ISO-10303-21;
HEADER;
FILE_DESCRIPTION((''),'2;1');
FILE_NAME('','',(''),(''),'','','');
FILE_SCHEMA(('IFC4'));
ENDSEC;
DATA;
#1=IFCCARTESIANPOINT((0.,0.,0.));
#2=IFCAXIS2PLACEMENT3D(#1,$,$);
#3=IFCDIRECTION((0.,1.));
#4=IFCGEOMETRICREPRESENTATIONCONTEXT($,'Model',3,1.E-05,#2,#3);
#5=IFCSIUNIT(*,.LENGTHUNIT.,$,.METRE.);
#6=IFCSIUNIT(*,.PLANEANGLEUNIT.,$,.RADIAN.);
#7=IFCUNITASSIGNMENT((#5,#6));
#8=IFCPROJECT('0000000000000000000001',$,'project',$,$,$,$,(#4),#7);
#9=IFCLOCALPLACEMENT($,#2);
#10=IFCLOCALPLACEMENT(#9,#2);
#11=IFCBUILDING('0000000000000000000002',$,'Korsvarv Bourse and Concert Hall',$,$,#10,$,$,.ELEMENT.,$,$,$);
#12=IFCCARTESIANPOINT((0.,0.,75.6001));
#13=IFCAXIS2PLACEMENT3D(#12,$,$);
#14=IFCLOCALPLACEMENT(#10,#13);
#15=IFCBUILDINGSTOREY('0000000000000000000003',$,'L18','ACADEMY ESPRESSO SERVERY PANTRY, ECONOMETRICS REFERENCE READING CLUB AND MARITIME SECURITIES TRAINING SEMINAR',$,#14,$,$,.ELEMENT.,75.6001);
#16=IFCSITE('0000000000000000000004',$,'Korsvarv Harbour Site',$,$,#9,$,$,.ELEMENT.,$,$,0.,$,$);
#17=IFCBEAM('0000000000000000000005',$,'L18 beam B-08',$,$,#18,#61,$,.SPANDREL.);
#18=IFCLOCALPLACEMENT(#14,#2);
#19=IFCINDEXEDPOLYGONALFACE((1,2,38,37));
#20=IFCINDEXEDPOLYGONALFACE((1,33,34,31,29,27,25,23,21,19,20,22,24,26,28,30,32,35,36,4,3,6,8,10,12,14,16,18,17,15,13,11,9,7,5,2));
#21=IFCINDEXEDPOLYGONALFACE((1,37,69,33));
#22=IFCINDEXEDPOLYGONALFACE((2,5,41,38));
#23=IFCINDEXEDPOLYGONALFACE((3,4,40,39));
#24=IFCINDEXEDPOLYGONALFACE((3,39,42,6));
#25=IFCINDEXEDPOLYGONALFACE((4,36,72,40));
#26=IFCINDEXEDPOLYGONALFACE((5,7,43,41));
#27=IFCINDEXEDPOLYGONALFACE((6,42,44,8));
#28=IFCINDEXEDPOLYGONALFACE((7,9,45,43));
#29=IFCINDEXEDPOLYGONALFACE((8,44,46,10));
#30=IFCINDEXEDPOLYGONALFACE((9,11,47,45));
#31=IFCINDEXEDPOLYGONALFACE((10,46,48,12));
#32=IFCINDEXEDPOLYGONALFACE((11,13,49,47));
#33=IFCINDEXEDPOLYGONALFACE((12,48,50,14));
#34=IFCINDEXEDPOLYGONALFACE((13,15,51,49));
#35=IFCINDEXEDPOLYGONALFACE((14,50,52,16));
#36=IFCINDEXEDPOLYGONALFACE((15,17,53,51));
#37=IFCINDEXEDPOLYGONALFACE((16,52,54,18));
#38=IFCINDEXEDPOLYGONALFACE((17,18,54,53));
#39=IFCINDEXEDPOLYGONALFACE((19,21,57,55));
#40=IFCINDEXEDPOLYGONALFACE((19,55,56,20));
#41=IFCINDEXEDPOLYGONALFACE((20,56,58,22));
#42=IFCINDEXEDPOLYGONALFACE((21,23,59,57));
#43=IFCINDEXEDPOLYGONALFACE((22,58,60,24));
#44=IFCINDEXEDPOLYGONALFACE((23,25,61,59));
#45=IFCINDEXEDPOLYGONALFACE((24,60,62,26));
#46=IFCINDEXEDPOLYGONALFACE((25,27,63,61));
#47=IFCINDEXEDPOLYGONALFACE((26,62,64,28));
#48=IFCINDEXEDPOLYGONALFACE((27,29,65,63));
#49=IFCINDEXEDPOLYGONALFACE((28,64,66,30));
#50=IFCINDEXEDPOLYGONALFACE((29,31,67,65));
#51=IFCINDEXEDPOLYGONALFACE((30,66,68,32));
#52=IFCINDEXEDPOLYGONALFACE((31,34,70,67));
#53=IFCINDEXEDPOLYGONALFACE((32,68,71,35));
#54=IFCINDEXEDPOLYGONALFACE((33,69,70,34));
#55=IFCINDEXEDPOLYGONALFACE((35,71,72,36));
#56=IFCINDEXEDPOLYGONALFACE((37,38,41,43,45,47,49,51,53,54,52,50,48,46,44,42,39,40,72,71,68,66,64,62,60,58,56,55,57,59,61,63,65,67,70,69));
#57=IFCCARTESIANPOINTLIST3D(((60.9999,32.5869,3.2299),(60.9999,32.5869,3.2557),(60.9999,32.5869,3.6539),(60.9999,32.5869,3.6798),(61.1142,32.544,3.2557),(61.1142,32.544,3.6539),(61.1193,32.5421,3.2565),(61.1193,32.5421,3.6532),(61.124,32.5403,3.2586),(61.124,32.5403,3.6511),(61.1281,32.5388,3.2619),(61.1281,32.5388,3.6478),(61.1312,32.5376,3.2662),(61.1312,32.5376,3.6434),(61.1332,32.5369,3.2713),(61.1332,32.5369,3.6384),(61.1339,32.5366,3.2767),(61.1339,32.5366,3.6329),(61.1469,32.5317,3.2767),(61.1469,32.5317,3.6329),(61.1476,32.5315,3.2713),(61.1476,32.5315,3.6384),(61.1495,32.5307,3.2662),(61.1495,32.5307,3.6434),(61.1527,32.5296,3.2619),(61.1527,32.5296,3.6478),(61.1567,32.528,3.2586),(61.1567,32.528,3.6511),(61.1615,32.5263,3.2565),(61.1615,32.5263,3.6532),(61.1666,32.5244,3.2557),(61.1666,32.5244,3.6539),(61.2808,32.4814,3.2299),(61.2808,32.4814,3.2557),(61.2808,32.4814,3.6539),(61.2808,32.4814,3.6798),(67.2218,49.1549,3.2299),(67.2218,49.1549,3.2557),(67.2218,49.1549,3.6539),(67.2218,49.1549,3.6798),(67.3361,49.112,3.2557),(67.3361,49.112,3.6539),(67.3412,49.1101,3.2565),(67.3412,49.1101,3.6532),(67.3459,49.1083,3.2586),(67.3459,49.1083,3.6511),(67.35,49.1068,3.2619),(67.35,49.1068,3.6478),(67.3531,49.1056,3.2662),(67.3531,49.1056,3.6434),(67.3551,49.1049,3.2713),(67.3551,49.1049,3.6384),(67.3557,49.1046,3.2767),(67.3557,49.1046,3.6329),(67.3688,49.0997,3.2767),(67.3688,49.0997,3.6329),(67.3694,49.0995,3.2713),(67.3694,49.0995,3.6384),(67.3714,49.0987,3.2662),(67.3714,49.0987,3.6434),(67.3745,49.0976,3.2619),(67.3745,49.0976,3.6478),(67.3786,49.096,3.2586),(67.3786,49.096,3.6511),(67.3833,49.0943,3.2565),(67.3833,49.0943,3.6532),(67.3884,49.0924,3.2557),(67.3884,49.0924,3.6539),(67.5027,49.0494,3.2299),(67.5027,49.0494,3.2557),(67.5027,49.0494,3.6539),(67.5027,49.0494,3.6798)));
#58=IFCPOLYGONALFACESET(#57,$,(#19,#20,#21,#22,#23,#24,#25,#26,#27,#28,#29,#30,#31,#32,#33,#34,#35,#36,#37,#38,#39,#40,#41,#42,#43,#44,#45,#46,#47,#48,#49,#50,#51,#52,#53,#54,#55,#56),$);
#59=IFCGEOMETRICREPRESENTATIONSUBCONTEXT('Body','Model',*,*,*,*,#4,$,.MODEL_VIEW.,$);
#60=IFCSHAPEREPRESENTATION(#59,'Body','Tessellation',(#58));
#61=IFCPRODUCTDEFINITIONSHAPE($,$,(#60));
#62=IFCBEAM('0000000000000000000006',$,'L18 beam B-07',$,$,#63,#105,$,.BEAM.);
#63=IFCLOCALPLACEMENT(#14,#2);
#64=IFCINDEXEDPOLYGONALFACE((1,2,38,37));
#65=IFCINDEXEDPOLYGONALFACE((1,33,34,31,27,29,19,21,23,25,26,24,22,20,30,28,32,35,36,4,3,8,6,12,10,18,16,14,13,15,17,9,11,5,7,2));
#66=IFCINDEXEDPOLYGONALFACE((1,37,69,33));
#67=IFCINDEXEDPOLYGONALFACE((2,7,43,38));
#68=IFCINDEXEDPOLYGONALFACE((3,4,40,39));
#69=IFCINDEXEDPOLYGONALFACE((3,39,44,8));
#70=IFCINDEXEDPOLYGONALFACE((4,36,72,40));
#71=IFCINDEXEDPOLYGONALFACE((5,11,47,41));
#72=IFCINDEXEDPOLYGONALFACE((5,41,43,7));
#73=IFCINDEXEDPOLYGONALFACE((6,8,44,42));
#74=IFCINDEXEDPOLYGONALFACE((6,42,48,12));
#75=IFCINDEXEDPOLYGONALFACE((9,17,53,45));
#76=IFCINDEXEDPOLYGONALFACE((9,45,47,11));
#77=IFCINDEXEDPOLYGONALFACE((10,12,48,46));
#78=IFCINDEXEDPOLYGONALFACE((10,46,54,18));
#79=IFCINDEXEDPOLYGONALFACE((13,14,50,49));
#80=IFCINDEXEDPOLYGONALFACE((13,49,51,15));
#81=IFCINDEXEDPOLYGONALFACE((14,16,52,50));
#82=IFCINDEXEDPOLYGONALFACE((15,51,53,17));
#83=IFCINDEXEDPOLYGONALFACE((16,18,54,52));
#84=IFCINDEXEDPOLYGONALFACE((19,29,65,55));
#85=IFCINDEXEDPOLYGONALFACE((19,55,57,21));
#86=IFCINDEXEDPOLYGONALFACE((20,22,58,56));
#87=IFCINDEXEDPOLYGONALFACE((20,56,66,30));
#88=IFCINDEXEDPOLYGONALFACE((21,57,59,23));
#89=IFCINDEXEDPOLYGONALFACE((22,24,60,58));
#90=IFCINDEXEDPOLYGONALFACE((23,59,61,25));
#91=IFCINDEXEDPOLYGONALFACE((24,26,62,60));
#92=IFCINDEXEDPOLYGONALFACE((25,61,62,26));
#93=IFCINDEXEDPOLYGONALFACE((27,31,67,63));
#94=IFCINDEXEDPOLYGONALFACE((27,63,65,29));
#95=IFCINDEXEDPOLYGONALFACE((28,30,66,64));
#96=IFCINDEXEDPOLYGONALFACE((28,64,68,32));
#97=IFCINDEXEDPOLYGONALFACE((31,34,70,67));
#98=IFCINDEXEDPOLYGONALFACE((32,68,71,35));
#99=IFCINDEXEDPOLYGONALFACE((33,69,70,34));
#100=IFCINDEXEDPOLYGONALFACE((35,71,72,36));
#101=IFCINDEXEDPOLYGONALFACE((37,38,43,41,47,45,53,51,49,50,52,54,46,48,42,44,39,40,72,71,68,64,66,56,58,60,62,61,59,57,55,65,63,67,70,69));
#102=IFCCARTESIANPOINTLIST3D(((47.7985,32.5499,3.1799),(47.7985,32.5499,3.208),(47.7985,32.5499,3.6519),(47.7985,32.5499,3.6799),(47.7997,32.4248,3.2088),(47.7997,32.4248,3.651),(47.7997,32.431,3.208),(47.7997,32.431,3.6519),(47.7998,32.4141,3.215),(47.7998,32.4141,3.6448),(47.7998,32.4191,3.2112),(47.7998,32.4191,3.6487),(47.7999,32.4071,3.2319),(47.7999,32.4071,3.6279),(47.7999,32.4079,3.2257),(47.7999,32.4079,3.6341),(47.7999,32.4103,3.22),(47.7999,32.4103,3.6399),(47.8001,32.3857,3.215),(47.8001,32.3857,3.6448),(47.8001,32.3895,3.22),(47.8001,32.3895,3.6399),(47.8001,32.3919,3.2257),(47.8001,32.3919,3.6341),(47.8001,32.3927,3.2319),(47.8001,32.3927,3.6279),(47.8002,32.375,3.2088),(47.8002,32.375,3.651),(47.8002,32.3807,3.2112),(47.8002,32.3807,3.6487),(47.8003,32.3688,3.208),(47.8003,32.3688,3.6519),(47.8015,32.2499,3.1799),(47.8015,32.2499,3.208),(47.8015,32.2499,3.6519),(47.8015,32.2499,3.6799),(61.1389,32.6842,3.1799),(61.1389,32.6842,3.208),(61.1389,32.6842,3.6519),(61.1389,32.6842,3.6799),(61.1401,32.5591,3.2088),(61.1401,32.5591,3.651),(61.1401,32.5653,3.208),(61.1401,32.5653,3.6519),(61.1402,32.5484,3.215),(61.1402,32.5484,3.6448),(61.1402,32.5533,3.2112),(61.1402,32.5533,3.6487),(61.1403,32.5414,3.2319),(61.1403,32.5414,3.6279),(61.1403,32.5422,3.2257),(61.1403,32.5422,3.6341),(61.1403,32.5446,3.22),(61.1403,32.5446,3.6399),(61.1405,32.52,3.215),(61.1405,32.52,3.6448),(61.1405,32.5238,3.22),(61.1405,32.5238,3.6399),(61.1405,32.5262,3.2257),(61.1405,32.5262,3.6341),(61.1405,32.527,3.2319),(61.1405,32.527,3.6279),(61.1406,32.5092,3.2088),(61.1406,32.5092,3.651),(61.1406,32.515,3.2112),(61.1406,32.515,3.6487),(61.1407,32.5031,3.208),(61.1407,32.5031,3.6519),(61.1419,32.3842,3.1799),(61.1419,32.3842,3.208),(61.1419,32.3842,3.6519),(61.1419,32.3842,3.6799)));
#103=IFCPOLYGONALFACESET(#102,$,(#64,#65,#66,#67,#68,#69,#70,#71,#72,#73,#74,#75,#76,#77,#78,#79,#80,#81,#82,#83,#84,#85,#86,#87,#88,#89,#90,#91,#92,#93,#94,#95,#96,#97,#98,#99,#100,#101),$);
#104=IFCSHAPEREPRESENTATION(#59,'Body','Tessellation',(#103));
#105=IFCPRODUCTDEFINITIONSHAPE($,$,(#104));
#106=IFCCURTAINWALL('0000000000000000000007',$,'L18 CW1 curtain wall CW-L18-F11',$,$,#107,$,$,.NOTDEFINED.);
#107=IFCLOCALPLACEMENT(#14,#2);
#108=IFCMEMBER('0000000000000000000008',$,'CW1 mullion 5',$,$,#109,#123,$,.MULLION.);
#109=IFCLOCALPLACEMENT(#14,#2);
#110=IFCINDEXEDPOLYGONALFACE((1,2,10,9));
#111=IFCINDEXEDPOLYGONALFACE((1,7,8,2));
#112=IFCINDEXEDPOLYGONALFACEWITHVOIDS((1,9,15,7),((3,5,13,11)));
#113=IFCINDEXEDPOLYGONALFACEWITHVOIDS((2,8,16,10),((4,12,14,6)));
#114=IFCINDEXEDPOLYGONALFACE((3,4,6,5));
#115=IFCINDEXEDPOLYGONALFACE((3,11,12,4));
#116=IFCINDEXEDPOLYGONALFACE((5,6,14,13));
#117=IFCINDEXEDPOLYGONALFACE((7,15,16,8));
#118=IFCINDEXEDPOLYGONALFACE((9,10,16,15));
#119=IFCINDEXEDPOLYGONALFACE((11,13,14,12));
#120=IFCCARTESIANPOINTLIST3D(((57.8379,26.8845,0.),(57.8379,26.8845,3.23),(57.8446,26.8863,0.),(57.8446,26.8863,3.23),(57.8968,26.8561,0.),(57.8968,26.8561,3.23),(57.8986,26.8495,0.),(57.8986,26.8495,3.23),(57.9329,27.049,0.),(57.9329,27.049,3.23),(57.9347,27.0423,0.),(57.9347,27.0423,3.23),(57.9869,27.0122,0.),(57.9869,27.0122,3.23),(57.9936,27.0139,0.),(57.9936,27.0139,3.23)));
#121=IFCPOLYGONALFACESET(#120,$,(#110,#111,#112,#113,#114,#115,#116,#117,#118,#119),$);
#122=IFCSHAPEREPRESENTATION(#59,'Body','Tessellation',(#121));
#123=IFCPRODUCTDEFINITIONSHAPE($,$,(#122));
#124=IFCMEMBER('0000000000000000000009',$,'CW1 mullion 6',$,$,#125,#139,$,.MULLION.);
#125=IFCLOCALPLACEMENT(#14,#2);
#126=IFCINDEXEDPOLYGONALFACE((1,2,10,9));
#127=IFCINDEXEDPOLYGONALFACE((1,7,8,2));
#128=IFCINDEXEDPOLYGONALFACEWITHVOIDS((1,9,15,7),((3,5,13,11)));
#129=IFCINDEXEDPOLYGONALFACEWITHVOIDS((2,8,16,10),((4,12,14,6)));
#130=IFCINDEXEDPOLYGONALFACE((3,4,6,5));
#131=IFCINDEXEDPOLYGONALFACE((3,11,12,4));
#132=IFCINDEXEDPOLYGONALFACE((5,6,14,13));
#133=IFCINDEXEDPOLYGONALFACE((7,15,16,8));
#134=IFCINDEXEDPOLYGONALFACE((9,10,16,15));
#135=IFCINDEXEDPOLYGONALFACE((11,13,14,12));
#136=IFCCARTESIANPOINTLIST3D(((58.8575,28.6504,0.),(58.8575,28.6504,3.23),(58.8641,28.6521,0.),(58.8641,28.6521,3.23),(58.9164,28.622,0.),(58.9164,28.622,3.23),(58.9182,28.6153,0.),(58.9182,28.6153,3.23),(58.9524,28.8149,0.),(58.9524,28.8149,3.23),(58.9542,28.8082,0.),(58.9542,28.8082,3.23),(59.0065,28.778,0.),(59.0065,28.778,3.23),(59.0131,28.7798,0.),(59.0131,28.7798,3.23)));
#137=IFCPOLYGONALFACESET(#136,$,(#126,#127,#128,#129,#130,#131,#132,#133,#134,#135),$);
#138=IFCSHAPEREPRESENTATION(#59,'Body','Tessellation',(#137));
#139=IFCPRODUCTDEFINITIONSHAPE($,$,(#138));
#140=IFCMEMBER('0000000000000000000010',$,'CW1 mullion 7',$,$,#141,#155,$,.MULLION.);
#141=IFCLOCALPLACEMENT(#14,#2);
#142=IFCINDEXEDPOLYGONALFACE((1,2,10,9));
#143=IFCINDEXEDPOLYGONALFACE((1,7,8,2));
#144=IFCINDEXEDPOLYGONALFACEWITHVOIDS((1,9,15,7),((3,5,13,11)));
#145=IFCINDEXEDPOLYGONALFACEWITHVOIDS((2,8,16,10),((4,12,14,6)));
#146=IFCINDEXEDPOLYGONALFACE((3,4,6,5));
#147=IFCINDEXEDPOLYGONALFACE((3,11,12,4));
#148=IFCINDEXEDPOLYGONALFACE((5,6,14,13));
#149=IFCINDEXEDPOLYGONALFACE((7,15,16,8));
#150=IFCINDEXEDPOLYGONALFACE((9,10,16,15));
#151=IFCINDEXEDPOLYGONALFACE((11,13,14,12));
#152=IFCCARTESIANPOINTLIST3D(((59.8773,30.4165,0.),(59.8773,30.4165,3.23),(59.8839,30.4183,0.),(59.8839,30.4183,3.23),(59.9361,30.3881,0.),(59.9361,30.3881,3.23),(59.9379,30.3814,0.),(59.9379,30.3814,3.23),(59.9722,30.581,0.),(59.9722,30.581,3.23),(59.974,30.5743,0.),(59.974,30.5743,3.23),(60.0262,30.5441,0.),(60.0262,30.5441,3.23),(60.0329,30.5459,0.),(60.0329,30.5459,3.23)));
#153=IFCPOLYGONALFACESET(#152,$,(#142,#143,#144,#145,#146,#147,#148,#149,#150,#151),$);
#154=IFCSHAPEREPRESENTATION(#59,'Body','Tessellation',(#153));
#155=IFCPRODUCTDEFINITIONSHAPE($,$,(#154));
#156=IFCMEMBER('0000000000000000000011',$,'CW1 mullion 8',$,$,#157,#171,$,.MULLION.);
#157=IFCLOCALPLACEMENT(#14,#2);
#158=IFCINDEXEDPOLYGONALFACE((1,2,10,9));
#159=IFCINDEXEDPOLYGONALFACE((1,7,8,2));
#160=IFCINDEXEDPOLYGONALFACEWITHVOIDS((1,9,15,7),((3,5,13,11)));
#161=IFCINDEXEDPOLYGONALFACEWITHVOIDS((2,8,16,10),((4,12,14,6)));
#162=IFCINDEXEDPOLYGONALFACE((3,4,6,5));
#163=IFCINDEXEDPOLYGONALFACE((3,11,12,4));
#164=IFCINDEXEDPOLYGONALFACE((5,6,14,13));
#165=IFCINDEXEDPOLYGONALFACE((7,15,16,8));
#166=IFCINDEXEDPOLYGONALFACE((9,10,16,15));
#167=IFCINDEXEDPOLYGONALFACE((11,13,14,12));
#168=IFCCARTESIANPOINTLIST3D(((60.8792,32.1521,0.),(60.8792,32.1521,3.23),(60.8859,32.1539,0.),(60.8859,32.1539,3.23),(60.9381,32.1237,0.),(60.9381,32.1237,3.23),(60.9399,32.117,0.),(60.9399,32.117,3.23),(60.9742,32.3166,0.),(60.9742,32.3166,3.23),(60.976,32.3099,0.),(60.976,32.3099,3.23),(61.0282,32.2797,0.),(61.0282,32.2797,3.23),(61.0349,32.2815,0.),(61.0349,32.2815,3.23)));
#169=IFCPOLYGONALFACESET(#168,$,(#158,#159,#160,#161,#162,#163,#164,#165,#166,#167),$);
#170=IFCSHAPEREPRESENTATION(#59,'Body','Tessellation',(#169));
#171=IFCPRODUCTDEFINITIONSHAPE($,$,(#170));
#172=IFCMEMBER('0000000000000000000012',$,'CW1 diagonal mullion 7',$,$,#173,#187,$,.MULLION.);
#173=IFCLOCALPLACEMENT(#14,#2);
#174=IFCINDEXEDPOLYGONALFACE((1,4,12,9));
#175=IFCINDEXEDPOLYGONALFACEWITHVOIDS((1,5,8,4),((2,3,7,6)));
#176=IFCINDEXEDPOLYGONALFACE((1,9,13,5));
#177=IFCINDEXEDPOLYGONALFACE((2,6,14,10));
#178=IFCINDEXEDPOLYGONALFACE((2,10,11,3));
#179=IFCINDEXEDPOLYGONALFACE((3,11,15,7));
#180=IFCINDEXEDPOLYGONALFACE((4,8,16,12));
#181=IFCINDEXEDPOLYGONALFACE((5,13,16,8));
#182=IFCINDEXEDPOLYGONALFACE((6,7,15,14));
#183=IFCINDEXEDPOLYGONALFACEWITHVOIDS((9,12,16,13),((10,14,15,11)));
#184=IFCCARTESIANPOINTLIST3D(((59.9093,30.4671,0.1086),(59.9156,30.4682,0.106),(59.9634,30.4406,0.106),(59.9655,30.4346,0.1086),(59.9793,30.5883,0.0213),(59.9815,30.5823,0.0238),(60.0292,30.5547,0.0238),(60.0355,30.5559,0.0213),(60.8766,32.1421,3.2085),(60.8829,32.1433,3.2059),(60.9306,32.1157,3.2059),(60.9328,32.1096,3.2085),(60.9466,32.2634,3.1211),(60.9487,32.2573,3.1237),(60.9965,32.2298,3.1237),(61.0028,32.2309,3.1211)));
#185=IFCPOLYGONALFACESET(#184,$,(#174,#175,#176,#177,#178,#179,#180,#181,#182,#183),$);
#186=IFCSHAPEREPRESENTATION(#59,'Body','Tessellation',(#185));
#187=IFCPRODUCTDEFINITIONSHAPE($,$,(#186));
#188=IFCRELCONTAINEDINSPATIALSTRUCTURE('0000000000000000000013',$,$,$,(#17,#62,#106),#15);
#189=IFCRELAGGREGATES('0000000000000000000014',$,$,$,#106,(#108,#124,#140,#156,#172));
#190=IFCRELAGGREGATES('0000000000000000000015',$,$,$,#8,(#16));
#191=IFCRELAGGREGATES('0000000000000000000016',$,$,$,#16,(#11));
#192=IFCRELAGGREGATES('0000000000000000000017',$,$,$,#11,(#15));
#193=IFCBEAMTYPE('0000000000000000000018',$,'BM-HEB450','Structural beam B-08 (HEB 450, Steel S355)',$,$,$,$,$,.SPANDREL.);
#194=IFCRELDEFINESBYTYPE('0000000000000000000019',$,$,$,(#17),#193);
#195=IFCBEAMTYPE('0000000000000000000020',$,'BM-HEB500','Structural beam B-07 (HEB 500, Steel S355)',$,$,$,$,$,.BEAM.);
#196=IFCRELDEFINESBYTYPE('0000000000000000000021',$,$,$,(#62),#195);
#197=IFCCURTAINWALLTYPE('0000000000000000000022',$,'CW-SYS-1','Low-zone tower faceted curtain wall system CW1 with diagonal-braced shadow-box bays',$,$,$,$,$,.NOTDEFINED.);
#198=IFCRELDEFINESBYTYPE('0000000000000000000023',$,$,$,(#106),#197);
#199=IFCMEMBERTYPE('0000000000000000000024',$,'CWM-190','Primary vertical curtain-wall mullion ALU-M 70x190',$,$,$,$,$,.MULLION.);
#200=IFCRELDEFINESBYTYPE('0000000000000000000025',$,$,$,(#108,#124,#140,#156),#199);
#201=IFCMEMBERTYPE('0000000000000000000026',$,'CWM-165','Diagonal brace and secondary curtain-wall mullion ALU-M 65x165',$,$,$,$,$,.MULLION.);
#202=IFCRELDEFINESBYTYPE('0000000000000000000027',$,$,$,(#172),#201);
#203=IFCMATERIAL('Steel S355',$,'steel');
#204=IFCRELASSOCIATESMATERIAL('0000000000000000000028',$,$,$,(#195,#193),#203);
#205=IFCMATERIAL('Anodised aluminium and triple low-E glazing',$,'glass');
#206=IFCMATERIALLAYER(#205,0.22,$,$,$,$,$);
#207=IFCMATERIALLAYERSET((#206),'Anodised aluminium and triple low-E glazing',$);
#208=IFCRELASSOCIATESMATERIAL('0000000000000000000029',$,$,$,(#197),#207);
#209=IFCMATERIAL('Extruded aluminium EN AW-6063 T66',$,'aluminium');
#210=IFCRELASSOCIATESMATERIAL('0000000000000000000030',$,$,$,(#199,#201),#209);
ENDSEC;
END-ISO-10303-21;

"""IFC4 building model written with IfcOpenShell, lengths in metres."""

from ifc_helpers import new_model, si_unit, direction, frame, origin, origin_2d, place, context, subcontext, project, spatial, hollow_rectangle, i_section, extrude, source, transform, mapped, material, layer, layer_set, material_profile, profile_set, type_object, element, aggregate, save


model = new_model("IFC4")

# Units and contexts
model_context = context("Model", 3, precision=1e-05, world=origin(), true_north=direction((0.0, 1.0)))
body_context = subcontext(model_context, "Body", "Model", "MODEL_VIEW")
ifc_project = project(units=[si_unit("LENGTHUNIT", "METRE"), si_unit("PLANEANGLEUNIT", "RADIAN")], contexts=[model_context])

# Site, building, storey
site_placement = place(None, origin())
site = spatial("IfcSite", under=ifc_project, at=site_placement, Name="Korsvarv Harbour Site", CompositionType="ELEMENT", RefElevation=0.0)
building_placement = place(site_placement, origin())
building = spatial("IfcBuilding", under=site, at=building_placement, Name="Korsvarv Bourse and Concert Hall", CompositionType="ELEMENT")
storey_placement = place(building_placement, frame((0.0, 0.0, 75.6001)))
storey = spatial("IfcBuildingStorey", under=building, at=storey_placement, Name="L18", Description="ACADEMY ESPRESSO SERVERY PANTRY, ECONOMETRICS REFERENCE READING CLUB AND MARITIME SECURITIES TRAINING SEMINAR", CompositionType="ELEMENT", Elevation=75.6001)

# Beams
ifc_material_1 = material(Name="Steel S355", Category="steel")
ifc_material_profile_1 = material_profile(ifc_material_1, i_section(OverallWidth=0.3, OverallDepth=0.5, WebThickness=0.0144, FlangeThickness=0.0281, FilletRadius=0.0239, at=origin_2d()), Name="HEB 500")
ifc_profile_set_1 = profile_set([ifc_material_profile_1], Name="Steel S355")
beam_type_1 = type_object("IfcBeamType", Name="BM-HEB500", Description="Structural beam B-07 (HEB 500, Steel S355)", PredefinedType="BEAM", material=ifc_profile_set_1)
ifc_material_profile_2 = material_profile(ifc_material_1, i_section(OverallWidth=0.3, OverallDepth=0.45, WebThickness=0.0139, FlangeThickness=0.0259, FilletRadius=0.021, at=origin_2d()), Name="HEB 450")
ifc_profile_set_2 = profile_set([ifc_material_profile_2], Name="Steel S355")
beam_type_2 = type_object("IfcBeamType", Name="BM-HEB450", Description="Structural beam B-08 (HEB 450, Steel S355)", PredefinedType="SPANDREL", material=ifc_profile_set_2)
shared_shape_1 = source(origin(), body_context, "Body", "SweptSolid", [
    extrude(i_section(OverallWidth=0.3, OverallDepth=0.45, WebThickness=0.0139, FlangeThickness=0.0259, FilletRadius=0.021, at=origin_2d()), origin(), (0.0, 0.0, 1.0), 17.6978),
])
beam_1_placement = place(storey_placement, frame((61.1404, 32.5342, 3.4548), z_axis=(0.351563, 0.936164, 0.0), x_axis=(-0.936164, 0.351563, 0.0)))
element("IfcBeam", 1, at=beam_1_placement, inside=storey, type_object=beam_type_2, Name="L18 beam B-08", PredefinedType="SPANDREL", context=body_context, shape_type="MappedRepresentation", body=[
    mapped(shared_shape_1, transform((0.0, 0.0, 0.0), scale=1.0)),
])
shared_shape_2 = source(origin(), body_context, "Body", "SweptSolid", [
    extrude(i_section(OverallWidth=0.3, OverallDepth=0.5, WebThickness=0.0144, FlangeThickness=0.0281, FilletRadius=0.0239, at=origin_2d()), origin(), (0.0, 0.0, 1.0), 13.3411),
])
beam_2_placement = place(storey_placement, frame((61.1404, 32.5342, 3.4299), z_axis=(-0.999949, -0.010065, 0.0), x_axis=(0.010065, -0.999949, 0.0)))
element("IfcBeam", 2, at=beam_2_placement, inside=storey, type_object=beam_type_1, Name="L18 beam B-07", PredefinedType="BEAM", context=body_context, shape_type="MappedRepresentation", body=[
    mapped(shared_shape_2, transform((0.0, 0.0, 0.0), scale=1.0)),
])

# Curtain wall, members
ifc_material_2 = material(Name="Anodised aluminium and triple low-E glazing", Category="glass")
ifc_layer_1 = layer(ifc_material_2, 0.22)
ifc_layer_set_1 = layer_set([ifc_layer_1], Name="Anodised aluminium and triple low-E glazing")
curtain_wall_type = type_object("IfcCurtainWallType", Name="CW-SYS-1", Description="Low-zone tower faceted curtain wall system CW1 with diagonal-braced shadow-box bays", PredefinedType="NOTDEFINED", material=ifc_layer_set_1)
curtain_wall_placement = place(storey_placement, origin())
curtain_wall = element("IfcCurtainWall", 3, at=curtain_wall_placement, inside=storey, type_object=curtain_wall_type, Name="L18 CW1 curtain wall CW-L18-F11", PredefinedType="NOTDEFINED")
ifc_material_3 = material(Name="Extruded aluminium EN AW-6063 T66", Category="aluminium")
ifc_material_profile_3 = material_profile(ifc_material_3, hollow_rectangle(XDim=0.0701, YDim=0.1899, WallThickness=0.0049, at=origin_2d()), Name="ALU-M 70x190")
ifc_profile_set_3 = profile_set([ifc_material_profile_3], Name="Extruded aluminium EN AW-6063 T66")
member_type_1 = type_object("IfcMemberType", Name="CWM-190", Description="Primary vertical curtain-wall mullion ALU-M 70x190", PredefinedType="MULLION", material=ifc_profile_set_3)
shared_shape_3 = source(origin(), body_context, "Body", "SweptSolid", [
    extrude(hollow_rectangle(XDim=0.0701, YDim=0.1899, WallThickness=0.0049, at=origin_2d()), origin(), (0.0, 0.0, 1.0), 3.23),
])
member_1_placement = place(storey_placement, frame((57.9158, 26.9492, 0.0), z_axis=(0.0, 0.0, 1.0), x_axis=(-0.866024, 0.500002, 0.0)))
member_1 = element("IfcMember", 4, at=member_1_placement, type_object=member_type_1, Name="CW1 mullion 5", PredefinedType="MULLION", context=body_context, shape_type="MappedRepresentation", body=[
    mapped(shared_shape_3, transform((0.0, 0.0, 0.0), scale=1.0)),
])
member_2_placement = place(storey_placement, frame((58.9353, 28.7151, 0.0), z_axis=(0.0, 0.0, 1.0), x_axis=(-0.866024, 0.500002, 0.0)))
member_2 = element("IfcMember", 5, at=member_2_placement, type_object=member_type_1, Name="CW1 mullion 6", PredefinedType="MULLION", context=body_context, shape_type="MappedRepresentation", body=[
    mapped(shared_shape_3, transform((0.0, 0.0, 0.0), scale=1.0)),
])
member_3_placement = place(storey_placement, frame((59.9551, 30.4812, 0.0), z_axis=(0.0, 0.0, 1.0), x_axis=(-0.866024, 0.500002, 0.0)))
member_3 = element("IfcMember", 6, at=member_3_placement, type_object=member_type_1, Name="CW1 mullion 7", PredefinedType="MULLION", context=body_context, shape_type="MappedRepresentation", body=[
    mapped(shared_shape_3, transform((0.0, 0.0, 0.0), scale=1.0)),
])
member_4_placement = place(storey_placement, frame((60.957, 32.2168, 0.0), z_axis=(0.0, 0.0, 1.0), x_axis=(-0.866024, 0.500002, 0.0)))
member_4 = element("IfcMember", 7, at=member_4_placement, type_object=member_type_1, Name="CW1 mullion 8", PredefinedType="MULLION", context=body_context, shape_type="MappedRepresentation", body=[
    mapped(shared_shape_3, transform((0.0, 0.0, 0.0), scale=1.0)),
])
ifc_material_profile_4 = material_profile(ifc_material_3, hollow_rectangle(XDim=0.0649, YDim=0.165, WallThickness=0.0049, at=origin_2d()), Name="ALU-M 65x165")
ifc_profile_set_4 = profile_set([ifc_material_profile_4], Name="Extruded aluminium EN AW-6063 T66")
member_type_2 = type_object("IfcMemberType", Name="CWM-165", Description="Diagonal brace and secondary curtain-wall mullion ALU-M 65x165", PredefinedType="MULLION", material=ifc_profile_set_4)
shared_shape_4 = source(origin(), body_context, "Body", "SweptSolid", [
    extrude(hollow_rectangle(XDim=0.0649, YDim=0.165, WallThickness=0.0049, at=origin_2d()), origin(), (0.0, 0.0, 1.0), 3.6538),
])
member_5_placement = place(storey_placement, frame((59.9724, 30.5115, 0.0649), z_axis=(0.264731, 0.458436, 0.848383), x_axis=(-0.865982, 0.500076, 0.0)))
member_5 = element("IfcMember", 8, at=member_5_placement, type_object=member_type_2, Name="CW1 diagonal mullion 7", PredefinedType="MULLION", context=body_context, shape_type="MappedRepresentation", body=[
    mapped(shared_shape_4, transform((0.0, 0.0, 0.0), scale=1.0)),
])
aggregate(curtain_wall, [member_1, member_2, member_3, member_4, member_5])

save(model, "model.ifc")
